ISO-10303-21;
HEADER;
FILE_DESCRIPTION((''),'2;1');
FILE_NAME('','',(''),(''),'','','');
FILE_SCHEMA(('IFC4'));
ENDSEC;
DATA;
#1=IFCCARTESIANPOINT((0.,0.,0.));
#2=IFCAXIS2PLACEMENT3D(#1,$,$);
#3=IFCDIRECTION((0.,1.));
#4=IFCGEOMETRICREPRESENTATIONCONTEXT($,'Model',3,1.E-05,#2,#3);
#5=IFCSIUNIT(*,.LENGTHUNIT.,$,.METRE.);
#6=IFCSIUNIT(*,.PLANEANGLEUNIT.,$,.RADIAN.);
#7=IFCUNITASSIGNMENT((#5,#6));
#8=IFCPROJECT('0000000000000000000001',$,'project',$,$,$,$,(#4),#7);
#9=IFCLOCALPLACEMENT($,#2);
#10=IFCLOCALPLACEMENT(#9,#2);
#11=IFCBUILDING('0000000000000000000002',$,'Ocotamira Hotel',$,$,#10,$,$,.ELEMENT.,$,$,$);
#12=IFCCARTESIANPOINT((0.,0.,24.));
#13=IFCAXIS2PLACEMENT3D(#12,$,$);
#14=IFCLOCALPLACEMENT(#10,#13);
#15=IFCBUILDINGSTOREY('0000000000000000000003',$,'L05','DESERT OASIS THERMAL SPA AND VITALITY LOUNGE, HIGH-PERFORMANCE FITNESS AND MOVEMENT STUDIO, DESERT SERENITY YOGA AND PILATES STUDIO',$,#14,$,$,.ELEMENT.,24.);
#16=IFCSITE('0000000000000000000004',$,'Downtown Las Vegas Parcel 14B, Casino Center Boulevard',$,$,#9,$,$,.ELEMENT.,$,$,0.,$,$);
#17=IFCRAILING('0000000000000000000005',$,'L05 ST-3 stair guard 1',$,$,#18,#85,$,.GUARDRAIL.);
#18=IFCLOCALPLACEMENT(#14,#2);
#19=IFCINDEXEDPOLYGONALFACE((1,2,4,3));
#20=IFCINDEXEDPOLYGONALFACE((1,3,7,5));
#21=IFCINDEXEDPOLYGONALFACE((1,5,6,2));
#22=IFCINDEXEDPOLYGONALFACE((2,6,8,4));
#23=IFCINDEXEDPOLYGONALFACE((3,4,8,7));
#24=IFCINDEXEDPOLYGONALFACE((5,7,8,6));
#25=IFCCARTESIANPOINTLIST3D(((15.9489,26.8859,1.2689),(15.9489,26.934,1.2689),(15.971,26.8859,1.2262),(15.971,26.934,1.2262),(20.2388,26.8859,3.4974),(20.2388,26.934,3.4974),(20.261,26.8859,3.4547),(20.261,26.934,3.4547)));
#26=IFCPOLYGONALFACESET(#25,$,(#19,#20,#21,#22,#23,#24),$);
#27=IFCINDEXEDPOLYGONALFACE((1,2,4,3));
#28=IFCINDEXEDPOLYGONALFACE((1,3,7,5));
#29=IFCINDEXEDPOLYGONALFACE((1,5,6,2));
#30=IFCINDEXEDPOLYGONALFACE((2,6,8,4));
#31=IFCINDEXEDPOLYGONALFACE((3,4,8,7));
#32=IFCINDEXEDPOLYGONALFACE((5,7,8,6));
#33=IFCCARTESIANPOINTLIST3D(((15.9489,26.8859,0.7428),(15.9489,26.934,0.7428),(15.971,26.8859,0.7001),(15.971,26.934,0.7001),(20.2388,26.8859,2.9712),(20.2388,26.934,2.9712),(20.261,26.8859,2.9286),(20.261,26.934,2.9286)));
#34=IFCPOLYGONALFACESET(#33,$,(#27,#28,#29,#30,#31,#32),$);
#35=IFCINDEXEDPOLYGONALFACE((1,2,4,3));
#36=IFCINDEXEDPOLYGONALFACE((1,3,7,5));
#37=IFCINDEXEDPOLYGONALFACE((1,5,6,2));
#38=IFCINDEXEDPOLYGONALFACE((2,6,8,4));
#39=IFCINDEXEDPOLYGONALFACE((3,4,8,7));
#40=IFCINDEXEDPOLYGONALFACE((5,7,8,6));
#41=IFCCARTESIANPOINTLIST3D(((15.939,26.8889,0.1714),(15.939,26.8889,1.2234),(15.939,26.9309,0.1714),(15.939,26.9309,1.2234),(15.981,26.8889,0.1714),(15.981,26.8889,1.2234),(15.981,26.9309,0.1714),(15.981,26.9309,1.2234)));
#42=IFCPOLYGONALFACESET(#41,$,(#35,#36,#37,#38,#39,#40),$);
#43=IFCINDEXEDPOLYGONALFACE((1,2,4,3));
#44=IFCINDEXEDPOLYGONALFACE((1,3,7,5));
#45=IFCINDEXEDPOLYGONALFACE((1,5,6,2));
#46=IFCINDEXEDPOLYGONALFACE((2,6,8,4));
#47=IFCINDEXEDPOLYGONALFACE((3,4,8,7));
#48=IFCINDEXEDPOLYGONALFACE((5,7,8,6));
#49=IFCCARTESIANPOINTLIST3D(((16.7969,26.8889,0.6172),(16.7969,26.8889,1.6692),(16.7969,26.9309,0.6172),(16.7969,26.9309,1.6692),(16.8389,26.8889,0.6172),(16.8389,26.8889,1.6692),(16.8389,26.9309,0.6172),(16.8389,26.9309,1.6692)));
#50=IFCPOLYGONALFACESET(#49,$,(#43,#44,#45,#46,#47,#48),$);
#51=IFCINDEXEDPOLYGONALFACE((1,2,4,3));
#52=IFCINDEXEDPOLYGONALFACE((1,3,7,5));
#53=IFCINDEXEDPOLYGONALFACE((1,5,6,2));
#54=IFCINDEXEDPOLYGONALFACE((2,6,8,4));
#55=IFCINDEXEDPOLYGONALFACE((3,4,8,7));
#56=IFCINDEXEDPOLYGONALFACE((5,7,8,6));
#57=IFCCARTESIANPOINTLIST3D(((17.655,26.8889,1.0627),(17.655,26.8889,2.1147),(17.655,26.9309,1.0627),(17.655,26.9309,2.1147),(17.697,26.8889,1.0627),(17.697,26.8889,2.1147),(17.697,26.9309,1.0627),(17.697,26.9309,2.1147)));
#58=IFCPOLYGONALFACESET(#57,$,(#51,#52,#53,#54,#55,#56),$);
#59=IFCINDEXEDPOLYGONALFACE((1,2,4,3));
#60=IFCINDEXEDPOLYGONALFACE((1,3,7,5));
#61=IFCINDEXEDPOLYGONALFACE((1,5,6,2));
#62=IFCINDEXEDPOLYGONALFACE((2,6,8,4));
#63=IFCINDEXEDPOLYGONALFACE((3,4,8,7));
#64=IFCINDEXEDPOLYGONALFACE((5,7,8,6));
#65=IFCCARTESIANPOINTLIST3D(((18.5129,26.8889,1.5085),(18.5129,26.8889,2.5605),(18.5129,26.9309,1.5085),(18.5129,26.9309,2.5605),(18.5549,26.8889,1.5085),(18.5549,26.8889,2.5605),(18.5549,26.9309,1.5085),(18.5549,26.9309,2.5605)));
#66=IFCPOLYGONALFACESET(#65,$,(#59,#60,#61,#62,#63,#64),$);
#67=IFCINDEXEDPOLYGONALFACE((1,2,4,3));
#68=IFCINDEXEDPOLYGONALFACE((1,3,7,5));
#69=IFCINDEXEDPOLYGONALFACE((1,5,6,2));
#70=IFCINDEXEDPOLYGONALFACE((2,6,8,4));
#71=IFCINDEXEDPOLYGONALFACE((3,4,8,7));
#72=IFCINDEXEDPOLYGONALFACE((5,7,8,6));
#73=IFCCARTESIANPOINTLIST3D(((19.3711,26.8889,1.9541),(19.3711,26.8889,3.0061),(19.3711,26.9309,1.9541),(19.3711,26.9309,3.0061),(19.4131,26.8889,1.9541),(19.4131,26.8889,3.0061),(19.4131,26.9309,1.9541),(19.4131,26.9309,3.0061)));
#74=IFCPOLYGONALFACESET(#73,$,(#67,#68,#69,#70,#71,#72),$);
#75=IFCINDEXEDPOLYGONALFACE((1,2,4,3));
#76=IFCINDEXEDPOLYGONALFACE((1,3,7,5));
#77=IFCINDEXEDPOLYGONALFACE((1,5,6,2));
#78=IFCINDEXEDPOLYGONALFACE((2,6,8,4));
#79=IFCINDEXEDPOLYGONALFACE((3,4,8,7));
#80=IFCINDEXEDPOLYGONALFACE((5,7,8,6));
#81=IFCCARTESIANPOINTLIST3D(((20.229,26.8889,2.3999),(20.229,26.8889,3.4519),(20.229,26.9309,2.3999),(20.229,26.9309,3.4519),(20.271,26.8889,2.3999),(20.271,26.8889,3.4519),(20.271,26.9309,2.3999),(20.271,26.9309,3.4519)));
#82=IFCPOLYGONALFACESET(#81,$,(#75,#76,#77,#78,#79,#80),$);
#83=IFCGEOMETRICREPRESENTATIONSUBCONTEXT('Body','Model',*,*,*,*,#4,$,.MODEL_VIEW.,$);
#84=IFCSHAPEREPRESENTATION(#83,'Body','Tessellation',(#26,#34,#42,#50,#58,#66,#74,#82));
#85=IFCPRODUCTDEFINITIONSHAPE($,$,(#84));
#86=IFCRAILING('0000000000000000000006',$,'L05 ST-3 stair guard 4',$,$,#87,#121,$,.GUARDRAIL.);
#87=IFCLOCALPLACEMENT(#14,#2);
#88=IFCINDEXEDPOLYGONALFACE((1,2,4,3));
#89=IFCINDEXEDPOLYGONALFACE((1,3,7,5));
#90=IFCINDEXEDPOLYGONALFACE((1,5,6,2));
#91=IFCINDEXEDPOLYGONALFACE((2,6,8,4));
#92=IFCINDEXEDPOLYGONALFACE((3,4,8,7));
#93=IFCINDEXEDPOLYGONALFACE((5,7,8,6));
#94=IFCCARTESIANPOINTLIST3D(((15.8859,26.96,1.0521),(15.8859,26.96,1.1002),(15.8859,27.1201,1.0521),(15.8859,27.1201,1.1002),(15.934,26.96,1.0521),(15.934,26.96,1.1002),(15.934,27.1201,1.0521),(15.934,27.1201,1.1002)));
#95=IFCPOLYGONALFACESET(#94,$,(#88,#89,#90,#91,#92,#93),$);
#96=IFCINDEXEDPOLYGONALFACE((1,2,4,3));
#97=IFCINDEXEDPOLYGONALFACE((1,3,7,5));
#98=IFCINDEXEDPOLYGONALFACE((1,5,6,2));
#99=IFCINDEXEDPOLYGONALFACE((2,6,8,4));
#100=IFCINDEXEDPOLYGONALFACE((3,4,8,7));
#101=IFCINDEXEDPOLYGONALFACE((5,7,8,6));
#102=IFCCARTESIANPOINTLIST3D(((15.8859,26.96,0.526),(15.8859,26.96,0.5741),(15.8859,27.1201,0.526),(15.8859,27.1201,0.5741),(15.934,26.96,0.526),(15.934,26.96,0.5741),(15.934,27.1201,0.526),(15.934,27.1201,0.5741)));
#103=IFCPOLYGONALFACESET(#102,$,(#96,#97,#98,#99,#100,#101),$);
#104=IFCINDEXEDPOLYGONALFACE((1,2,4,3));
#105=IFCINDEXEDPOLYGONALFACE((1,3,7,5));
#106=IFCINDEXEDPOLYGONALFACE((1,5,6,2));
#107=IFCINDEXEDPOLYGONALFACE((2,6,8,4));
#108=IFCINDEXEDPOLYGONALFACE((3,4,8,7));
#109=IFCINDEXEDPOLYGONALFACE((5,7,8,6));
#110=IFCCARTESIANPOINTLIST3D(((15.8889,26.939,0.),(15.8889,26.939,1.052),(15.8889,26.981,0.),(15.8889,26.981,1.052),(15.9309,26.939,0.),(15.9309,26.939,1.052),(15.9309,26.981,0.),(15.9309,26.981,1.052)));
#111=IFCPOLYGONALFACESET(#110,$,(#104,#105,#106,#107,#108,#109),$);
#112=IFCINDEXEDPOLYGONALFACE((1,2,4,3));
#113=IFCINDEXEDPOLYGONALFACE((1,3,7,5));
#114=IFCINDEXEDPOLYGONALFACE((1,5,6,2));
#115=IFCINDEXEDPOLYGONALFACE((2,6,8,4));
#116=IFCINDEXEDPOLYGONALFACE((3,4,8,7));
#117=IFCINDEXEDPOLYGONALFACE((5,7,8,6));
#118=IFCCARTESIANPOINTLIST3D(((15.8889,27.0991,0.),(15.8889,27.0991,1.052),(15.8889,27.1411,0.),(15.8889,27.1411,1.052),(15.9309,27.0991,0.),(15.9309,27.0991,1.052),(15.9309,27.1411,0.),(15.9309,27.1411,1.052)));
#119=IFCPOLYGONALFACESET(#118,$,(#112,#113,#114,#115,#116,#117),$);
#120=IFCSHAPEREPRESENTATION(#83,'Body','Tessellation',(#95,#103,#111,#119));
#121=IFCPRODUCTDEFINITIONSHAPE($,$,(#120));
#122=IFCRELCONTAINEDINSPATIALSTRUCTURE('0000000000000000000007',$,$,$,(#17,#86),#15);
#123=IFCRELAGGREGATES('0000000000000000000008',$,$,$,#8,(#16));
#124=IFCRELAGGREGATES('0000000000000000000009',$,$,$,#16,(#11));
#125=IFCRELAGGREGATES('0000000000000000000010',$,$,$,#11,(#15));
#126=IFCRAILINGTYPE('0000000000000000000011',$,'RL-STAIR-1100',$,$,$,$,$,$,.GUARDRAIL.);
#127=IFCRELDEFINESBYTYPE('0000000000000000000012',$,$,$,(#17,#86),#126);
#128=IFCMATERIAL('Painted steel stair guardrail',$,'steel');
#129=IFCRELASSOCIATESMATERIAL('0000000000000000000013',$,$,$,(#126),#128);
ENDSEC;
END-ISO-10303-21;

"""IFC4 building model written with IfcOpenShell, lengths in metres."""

from ifc_helpers import new_model, si_unit, direction, frame, origin, origin_2d, place, context, subcontext, project, spatial, rectangle, extrude, material, type_object, element, save


model = new_model("IFC4")

# Units and contexts
model_context = context("Model", 3, precision=1e-05, world=origin(), true_north=direction((0.0, 1.0)))
body_context = subcontext(model_context, "Body", "Model", "MODEL_VIEW")
ifc_project = project(units=[si_unit("LENGTHUNIT", "METRE"), si_unit("PLANEANGLEUNIT", "RADIAN")], contexts=[model_context])

# Site, building, storey
site_placement = place(None, origin())
site = spatial("IfcSite", under=ifc_project, at=site_placement, Name="Downtown Las Vegas Parcel 14B, Casino Center Boulevard", CompositionType="ELEMENT", RefElevation=0.0)
building_placement = place(site_placement, origin())
building = spatial("IfcBuilding", under=site, at=building_placement, Name="Ocotamira Hotel", CompositionType="ELEMENT")
storey_placement = place(building_placement, frame((0.0, 0.0, 24.0)))
storey = spatial("IfcBuildingStorey", under=building, at=storey_placement, Name="L05", Description="DESERT OASIS THERMAL SPA AND VITALITY LOUNGE, HIGH-PERFORMANCE FITNESS AND MOVEMENT STUDIO, DESERT SERENITY YOGA AND PILATES STUDIO", CompositionType="ELEMENT", Elevation=24.0)

# Railings
ifc_material_1 = material(Name="Painted steel stair guardrail", Category="steel")
railing_type_1 = type_object("IfcRailingType", Name="RL-STAIR-1100", PredefinedType="GUARDRAIL", material=ifc_material_1)
railing_1_placement = place(storey_placement, frame((15.96, 26.9099, 0.1714)))
element("IfcRailing", 1, at=railing_1_placement, inside=storey, type_object=railing_type_1, Name="L05 ST-3 stair guard 1", PredefinedType="GUARDRAIL", context=body_context, shape_type="SweptSolid", body=[
    extrude(rectangle(XDim=0.0481, YDim=0.0481, at=origin_2d()), frame((0.0, 0.0, 1.0762), z_axis=(0.887412, 0.0, 0.460977), x_axis=(0.0, 1.0, 0.0)), (0.0, 0.0, 1.0), 4.8342),
    extrude(rectangle(XDim=0.0481, YDim=0.0481, at=origin_2d()), frame((0.0, 0.0, 0.55), z_axis=(0.887412, 0.0, 0.460977), x_axis=(0.0, 1.0, 0.0)), (0.0, 0.0, 1.0), 4.8342),
    extrude(rectangle(XDim=0.042, YDim=0.042, at=origin_2d()), origin(), (0.0, 0.0, 1.0), 1.052),
    extrude(rectangle(XDim=0.042, YDim=0.042, at=origin_2d()), frame((0.8579, 0.0, 0.4458)), (0.0, 0.0, 1.0), 1.052),
    extrude(rectangle(XDim=0.042, YDim=0.042, at=origin_2d()), frame((1.7161, 0.0, 0.8914)), (0.0, 0.0, 1.0), 1.052),
    extrude(rectangle(XDim=0.042, YDim=0.042, at=origin_2d()), frame((2.574, 0.0, 1.3372)), (0.0, 0.0, 1.0), 1.052),
    extrude(rectangle(XDim=0.042, YDim=0.042, at=origin_2d()), frame((3.4321, 0.0, 1.7827)), (0.0, 0.0, 1.0), 1.052),
    extrude(rectangle(XDim=0.042, YDim=0.042, at=origin_2d()), frame((4.29, 0.0, 2.2285)), (0.0, 0.0, 1.0), 1.052),
])
railing_2_placement = place(storey_placement, frame((15.9099, 26.96, 0.0)))
element("IfcRailing", 2, at=railing_2_placement, inside=storey, type_object=railing_type_1, Name="L05 ST-3 stair guard 4", PredefinedType="GUARDRAIL", context=body_context, shape_type="SweptSolid", body=[
    extrude(rectangle(XDim=0.0481, YDim=0.0481, at=origin_2d()), frame((0.0, 0.0, 1.0762), z_axis=(0.0, 1.0, 0.0), x_axis=(-1.0, 0.0, 0.0)), (0.0, 0.0, 1.0), 0.1602),
    extrude(rectangle(XDim=0.0481, YDim=0.0481, at=origin_2d()), frame((0.0, 0.0, 0.55), z_axis=(0.0, 1.0, 0.0), x_axis=(-1.0, 0.0, 0.0)), (0.0, 0.0, 1.0), 0.1602),
    extrude(rectangle(XDim=0.042, YDim=0.042, at=origin_2d()), origin(), (0.0, 0.0, 1.0), 1.052),
    extrude(rectangle(XDim=0.042, YDim=0.042, at=origin_2d()), frame((0.0, 0.1602, 0.0)), (0.0, 0.0, 1.0), 1.052),
])

save(model, "model.ifc")
